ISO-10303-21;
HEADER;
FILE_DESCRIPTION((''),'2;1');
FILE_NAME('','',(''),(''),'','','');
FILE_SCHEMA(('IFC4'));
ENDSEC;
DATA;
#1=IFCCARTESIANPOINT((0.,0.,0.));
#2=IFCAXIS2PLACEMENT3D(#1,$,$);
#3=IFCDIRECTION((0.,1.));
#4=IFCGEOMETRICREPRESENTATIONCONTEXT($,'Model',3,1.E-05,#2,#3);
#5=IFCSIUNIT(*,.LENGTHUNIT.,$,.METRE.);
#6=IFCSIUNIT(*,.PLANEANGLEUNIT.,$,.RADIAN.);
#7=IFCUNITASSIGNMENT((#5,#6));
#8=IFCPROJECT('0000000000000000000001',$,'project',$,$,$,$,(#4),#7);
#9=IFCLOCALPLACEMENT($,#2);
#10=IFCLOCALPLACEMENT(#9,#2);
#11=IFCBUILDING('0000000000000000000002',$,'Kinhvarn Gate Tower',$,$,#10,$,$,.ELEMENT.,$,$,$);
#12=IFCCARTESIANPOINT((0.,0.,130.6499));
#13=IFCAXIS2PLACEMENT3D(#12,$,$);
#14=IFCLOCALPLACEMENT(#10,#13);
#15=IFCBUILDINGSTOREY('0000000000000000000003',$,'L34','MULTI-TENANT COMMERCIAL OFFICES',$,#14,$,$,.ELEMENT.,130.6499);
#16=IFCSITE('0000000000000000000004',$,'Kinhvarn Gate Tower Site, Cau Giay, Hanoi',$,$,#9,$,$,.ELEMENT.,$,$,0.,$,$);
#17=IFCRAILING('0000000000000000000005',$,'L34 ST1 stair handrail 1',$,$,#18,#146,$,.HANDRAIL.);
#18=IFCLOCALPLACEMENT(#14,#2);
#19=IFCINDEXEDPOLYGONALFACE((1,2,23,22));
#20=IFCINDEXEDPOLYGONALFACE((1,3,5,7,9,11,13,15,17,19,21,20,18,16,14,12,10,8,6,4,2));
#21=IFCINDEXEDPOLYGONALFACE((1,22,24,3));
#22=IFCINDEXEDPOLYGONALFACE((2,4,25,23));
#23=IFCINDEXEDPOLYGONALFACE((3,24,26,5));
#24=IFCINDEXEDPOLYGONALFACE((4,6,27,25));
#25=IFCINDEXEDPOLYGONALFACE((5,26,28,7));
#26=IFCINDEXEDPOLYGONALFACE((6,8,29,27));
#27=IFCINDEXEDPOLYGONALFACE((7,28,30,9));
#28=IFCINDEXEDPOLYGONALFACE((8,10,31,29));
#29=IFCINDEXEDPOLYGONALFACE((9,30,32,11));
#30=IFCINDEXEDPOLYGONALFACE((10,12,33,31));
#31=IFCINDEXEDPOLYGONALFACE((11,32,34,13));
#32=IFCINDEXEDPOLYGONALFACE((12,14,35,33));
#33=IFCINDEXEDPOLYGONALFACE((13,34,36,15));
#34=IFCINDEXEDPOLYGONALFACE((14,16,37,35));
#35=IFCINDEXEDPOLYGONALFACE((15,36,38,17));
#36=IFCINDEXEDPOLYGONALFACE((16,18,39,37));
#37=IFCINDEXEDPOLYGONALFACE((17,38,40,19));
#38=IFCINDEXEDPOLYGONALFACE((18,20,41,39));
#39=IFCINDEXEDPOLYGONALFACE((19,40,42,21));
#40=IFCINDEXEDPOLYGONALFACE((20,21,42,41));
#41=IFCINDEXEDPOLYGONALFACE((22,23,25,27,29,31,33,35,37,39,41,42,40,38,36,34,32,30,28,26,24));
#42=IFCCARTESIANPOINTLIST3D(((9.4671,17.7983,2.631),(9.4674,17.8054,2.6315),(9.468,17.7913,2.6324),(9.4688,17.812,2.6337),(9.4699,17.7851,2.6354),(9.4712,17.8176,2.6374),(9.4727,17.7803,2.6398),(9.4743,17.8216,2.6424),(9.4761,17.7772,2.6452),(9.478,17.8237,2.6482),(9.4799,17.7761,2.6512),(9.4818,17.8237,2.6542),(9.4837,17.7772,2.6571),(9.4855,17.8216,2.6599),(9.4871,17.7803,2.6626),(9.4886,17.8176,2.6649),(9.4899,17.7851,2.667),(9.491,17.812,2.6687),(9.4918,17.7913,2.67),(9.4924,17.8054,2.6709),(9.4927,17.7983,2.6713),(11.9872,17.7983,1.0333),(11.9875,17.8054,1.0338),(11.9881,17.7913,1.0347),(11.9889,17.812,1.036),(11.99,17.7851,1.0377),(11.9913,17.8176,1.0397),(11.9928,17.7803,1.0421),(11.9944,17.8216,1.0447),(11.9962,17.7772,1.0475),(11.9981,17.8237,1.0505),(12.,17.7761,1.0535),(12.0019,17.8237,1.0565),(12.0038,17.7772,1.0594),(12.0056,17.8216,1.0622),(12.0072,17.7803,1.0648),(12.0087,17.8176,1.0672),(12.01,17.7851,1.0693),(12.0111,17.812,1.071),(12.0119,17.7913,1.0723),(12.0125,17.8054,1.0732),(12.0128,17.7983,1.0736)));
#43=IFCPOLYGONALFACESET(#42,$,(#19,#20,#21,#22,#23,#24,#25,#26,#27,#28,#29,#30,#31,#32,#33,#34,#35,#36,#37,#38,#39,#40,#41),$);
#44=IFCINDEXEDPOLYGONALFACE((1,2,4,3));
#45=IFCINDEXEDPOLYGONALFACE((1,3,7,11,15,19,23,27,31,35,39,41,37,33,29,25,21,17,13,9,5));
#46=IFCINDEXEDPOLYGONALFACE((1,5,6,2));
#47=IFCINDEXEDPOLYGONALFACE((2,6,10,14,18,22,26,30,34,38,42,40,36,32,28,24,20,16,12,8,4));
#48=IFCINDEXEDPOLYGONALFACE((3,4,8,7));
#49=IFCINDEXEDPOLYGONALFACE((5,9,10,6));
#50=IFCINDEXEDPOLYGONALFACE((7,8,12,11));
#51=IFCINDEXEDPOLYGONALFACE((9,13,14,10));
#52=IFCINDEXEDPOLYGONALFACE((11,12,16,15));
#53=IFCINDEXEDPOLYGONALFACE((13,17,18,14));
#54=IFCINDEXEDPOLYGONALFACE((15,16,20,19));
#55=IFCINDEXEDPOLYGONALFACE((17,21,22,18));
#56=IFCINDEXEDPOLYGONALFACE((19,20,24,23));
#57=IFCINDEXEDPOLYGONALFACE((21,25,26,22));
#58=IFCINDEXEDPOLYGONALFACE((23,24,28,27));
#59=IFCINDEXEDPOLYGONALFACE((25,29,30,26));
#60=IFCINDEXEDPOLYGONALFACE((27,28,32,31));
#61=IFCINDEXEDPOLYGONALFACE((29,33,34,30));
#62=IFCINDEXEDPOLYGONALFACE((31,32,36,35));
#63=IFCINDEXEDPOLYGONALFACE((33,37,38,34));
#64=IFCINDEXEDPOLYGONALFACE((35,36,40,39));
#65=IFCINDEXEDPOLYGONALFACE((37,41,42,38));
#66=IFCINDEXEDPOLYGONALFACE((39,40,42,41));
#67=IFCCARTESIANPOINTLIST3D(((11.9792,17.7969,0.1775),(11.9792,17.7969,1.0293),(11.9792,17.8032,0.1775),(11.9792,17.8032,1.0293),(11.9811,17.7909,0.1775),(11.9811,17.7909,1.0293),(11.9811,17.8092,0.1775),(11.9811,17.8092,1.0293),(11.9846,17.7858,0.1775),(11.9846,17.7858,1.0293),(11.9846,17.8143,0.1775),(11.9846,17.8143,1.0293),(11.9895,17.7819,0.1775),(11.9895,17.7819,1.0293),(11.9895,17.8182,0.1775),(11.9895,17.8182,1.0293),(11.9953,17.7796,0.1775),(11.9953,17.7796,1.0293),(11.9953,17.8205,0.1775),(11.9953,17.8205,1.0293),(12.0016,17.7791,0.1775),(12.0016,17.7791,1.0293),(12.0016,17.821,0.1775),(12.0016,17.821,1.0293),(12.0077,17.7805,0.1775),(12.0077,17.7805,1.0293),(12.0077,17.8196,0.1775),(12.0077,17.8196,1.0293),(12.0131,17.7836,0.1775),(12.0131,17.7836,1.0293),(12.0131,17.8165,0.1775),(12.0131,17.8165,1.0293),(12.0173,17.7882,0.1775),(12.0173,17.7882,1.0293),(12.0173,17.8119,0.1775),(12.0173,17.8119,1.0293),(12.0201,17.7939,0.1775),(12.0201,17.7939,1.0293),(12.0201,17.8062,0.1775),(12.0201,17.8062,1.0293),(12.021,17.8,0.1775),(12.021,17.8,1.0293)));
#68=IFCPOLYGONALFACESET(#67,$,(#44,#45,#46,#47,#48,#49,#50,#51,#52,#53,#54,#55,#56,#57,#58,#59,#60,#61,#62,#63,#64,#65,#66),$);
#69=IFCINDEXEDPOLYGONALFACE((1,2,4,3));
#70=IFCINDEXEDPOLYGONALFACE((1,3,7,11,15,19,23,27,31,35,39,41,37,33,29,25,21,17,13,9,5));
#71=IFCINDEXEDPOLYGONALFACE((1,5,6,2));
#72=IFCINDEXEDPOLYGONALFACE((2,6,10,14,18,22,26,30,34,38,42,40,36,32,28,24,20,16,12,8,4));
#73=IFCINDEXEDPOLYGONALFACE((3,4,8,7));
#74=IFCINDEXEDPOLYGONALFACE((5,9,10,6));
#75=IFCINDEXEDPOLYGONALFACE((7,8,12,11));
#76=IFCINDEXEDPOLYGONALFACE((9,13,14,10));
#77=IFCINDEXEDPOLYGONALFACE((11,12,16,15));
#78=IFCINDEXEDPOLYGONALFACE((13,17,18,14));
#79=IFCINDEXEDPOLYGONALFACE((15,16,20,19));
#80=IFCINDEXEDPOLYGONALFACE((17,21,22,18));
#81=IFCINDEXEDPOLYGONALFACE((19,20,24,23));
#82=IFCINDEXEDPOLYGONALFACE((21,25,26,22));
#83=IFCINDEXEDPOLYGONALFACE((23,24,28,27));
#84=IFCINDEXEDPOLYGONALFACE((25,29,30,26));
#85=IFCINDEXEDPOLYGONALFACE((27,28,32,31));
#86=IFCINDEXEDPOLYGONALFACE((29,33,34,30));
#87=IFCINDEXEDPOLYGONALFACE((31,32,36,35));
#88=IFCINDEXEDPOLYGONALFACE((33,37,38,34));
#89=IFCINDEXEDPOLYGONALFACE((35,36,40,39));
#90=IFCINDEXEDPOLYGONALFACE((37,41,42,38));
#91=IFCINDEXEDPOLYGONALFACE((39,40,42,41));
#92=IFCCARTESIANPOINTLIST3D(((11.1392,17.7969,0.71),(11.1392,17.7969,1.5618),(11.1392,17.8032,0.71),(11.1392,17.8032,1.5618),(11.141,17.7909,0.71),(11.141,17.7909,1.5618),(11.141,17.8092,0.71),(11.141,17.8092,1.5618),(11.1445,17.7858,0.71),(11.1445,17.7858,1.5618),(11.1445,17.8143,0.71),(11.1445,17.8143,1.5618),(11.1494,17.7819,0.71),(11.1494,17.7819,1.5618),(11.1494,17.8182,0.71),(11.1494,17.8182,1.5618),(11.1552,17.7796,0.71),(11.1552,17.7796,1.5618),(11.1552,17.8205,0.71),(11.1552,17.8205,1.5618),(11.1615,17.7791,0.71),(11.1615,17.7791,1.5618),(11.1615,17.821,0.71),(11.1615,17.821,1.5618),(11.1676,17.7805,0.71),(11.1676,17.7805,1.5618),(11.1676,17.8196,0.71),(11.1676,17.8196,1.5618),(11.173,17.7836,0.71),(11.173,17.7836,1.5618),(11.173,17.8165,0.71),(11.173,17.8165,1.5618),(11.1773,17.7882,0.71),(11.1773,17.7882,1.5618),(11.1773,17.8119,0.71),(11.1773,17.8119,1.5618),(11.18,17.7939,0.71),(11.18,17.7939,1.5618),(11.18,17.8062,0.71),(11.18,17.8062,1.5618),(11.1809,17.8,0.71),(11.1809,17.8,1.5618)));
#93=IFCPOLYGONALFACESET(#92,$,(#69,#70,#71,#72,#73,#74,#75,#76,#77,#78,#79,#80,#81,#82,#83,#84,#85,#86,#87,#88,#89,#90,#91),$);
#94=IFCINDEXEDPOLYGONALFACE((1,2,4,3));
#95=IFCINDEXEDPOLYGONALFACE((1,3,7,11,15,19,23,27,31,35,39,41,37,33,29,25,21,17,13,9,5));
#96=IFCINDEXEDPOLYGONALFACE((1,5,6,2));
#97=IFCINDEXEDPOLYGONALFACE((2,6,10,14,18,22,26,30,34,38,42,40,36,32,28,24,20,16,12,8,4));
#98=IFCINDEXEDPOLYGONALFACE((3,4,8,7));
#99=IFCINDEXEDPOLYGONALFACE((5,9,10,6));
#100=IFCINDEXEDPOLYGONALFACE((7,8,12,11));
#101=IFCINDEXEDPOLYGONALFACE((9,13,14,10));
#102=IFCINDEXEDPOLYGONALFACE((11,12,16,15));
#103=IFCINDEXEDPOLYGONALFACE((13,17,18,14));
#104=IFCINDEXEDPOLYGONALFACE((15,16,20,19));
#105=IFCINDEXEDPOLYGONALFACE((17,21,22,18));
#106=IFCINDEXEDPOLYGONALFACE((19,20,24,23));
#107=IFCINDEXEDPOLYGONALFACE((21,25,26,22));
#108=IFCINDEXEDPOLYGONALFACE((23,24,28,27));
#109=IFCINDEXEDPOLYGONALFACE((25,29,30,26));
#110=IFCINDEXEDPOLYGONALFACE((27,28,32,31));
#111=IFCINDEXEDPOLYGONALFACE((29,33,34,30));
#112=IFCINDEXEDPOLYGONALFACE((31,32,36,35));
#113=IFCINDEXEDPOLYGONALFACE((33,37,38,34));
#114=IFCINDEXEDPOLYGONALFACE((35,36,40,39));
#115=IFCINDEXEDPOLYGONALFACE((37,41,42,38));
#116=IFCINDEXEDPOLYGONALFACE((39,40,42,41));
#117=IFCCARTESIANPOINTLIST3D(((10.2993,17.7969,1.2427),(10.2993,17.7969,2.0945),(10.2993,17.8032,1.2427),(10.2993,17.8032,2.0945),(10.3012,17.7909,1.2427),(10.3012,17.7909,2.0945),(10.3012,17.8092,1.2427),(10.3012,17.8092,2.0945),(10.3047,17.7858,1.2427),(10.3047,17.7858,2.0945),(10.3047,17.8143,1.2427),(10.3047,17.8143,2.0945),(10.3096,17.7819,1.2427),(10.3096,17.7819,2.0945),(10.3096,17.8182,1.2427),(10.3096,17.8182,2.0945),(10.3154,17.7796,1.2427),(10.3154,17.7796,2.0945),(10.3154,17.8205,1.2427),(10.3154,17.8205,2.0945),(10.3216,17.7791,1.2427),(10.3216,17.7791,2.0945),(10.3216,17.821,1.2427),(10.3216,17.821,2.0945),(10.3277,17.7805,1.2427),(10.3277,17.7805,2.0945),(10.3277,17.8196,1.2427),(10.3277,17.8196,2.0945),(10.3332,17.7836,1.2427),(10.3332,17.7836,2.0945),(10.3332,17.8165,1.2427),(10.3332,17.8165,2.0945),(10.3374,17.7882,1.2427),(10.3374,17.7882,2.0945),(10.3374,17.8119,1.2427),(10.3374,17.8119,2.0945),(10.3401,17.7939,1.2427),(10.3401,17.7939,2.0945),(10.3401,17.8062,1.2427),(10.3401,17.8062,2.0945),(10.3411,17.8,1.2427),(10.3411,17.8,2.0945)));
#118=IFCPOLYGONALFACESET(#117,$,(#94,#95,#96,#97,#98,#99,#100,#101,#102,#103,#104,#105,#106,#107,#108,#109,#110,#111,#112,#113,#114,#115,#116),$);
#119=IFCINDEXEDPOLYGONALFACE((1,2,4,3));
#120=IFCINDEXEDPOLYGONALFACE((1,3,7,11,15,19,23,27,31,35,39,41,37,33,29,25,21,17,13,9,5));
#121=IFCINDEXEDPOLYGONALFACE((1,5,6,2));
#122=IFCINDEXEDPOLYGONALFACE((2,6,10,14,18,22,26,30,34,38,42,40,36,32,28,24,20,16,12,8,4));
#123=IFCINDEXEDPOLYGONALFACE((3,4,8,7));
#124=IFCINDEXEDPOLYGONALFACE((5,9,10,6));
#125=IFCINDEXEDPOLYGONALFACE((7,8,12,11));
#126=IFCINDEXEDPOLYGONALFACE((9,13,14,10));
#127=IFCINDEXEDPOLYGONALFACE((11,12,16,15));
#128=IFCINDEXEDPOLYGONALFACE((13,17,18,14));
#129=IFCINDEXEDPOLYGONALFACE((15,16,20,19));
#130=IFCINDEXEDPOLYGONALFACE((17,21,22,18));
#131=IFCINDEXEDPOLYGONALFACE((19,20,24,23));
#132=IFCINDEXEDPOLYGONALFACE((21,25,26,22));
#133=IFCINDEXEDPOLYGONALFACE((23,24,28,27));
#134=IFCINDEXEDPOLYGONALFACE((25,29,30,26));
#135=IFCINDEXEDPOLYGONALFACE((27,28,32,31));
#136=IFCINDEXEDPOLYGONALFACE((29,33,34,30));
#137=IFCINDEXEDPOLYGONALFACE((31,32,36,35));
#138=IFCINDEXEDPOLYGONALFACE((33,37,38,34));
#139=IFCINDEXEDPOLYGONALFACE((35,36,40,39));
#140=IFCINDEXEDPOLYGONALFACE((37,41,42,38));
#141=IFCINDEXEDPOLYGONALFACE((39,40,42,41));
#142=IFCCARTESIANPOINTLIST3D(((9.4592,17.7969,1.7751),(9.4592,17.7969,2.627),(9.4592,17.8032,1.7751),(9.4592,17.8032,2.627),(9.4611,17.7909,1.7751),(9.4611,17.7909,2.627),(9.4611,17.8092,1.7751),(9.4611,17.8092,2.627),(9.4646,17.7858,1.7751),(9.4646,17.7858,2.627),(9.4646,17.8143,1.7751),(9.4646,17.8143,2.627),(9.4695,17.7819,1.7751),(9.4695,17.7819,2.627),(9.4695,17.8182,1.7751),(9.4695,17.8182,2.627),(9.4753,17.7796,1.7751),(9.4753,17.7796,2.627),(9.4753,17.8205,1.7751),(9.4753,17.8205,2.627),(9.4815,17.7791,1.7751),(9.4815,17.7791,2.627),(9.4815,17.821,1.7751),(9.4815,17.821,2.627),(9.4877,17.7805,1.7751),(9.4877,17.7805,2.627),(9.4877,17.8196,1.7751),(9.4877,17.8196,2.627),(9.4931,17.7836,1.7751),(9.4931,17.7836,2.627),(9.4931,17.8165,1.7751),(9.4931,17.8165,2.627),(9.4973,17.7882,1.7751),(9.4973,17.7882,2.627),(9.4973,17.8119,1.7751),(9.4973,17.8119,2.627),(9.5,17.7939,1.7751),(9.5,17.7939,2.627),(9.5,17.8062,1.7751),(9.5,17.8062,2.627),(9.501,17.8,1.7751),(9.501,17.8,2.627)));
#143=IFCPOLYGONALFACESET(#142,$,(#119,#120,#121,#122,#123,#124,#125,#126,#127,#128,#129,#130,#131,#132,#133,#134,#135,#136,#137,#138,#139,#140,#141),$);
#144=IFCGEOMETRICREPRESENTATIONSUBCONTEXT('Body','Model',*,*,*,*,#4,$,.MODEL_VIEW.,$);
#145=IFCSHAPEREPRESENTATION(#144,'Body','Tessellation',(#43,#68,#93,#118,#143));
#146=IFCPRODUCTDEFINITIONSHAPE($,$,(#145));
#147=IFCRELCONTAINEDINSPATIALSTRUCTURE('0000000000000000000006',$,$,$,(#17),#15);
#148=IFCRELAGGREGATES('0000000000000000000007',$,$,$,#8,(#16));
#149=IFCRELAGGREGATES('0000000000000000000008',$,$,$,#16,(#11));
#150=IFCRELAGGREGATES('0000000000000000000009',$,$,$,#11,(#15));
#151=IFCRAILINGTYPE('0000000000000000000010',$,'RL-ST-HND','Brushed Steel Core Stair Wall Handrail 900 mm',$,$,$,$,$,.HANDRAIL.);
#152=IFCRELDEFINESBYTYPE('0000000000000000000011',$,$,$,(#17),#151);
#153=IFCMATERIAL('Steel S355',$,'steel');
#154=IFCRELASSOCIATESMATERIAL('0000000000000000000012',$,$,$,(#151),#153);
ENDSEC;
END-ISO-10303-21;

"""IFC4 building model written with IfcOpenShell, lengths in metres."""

from ifc_helpers import new_model, si_unit, direction, frame, origin, origin_2d, place, context, subcontext, project, spatial, circle, extrude, material, type_object, element, save


model = new_model("IFC4")

# Units and contexts
model_context = context("Model", 3, precision=1e-05, world=origin(), true_north=direction((0.0, 1.0)))
body_context = subcontext(model_context, "Body", "Model", "MODEL_VIEW")
ifc_project = project(units=[si_unit("LENGTHUNIT", "METRE"), si_unit("PLANEANGLEUNIT", "RADIAN")], contexts=[model_context])

# Site, building, storey
site_placement = place(None, origin())
site = spatial("IfcSite", under=ifc_project, at=site_placement, Name="Kinhvarn Gate Tower Site, Cau Giay, Hanoi", CompositionType="ELEMENT", RefElevation=0.0)
building_placement = place(site_placement, origin())
building = spatial("IfcBuilding", under=site, at=building_placement, Name="Kinhvarn Gate Tower", CompositionType="ELEMENT")
storey_placement = place(building_placement, frame((0.0, 0.0, 130.6499)))
storey = spatial("IfcBuildingStorey", under=building, at=storey_placement, Name="L34", Description="MULTI-TENANT COMMERCIAL OFFICES", CompositionType="ELEMENT", Elevation=130.6499)

# Shared definitions
ifc_material_1 = material(Name="Steel S355", Category="steel")

# Railing
railing_type_1 = type_object("IfcRailingType", Name="RL-ST-HND", Description="Brushed Steel Core Stair Wall Handrail 900 mm", PredefinedType="HANDRAIL", material=ifc_material_1)
railing_1_placement = place(storey_placement, frame((12.0, 17.8, 0.1775)))
element("IfcRailing", 1, at=railing_1_placement, inside=storey, type_object=railing_type_1, Name="L34 ST1 stair handrail 1", PredefinedType="HANDRAIL", context=body_context, shape_type="SweptSolid", body=[
    extrude(circle(Radius=0.0239, at=origin_2d()), frame((0.0, 0.0, 0.876), z_axis=(-0.84457, 0.0, 0.535445), x_axis=(0.0, -1.0, 0.0)), (0.0, 0.0, 1.0), 2.9839),
    extrude(circle(Radius=0.021, at=origin_2d()), origin(), (0.0, 0.0, 1.0), 0.8518),
    extrude(circle(Radius=0.021, at=origin_2d()), frame((-0.8401, 0.0, 0.5325)), (0.0, 0.0, 1.0), 0.8518),
    extrude(circle(Radius=0.021, at=origin_2d()), frame((-1.6799, 0.0, 1.0652)), (0.0, 0.0, 1.0), 0.8518),
    extrude(circle(Radius=0.021, at=origin_2d()), frame((-2.52, 0.0, 1.5977)), (0.0, 0.0, 1.0), 0.8518),
])

save(model, "model.ifc")
